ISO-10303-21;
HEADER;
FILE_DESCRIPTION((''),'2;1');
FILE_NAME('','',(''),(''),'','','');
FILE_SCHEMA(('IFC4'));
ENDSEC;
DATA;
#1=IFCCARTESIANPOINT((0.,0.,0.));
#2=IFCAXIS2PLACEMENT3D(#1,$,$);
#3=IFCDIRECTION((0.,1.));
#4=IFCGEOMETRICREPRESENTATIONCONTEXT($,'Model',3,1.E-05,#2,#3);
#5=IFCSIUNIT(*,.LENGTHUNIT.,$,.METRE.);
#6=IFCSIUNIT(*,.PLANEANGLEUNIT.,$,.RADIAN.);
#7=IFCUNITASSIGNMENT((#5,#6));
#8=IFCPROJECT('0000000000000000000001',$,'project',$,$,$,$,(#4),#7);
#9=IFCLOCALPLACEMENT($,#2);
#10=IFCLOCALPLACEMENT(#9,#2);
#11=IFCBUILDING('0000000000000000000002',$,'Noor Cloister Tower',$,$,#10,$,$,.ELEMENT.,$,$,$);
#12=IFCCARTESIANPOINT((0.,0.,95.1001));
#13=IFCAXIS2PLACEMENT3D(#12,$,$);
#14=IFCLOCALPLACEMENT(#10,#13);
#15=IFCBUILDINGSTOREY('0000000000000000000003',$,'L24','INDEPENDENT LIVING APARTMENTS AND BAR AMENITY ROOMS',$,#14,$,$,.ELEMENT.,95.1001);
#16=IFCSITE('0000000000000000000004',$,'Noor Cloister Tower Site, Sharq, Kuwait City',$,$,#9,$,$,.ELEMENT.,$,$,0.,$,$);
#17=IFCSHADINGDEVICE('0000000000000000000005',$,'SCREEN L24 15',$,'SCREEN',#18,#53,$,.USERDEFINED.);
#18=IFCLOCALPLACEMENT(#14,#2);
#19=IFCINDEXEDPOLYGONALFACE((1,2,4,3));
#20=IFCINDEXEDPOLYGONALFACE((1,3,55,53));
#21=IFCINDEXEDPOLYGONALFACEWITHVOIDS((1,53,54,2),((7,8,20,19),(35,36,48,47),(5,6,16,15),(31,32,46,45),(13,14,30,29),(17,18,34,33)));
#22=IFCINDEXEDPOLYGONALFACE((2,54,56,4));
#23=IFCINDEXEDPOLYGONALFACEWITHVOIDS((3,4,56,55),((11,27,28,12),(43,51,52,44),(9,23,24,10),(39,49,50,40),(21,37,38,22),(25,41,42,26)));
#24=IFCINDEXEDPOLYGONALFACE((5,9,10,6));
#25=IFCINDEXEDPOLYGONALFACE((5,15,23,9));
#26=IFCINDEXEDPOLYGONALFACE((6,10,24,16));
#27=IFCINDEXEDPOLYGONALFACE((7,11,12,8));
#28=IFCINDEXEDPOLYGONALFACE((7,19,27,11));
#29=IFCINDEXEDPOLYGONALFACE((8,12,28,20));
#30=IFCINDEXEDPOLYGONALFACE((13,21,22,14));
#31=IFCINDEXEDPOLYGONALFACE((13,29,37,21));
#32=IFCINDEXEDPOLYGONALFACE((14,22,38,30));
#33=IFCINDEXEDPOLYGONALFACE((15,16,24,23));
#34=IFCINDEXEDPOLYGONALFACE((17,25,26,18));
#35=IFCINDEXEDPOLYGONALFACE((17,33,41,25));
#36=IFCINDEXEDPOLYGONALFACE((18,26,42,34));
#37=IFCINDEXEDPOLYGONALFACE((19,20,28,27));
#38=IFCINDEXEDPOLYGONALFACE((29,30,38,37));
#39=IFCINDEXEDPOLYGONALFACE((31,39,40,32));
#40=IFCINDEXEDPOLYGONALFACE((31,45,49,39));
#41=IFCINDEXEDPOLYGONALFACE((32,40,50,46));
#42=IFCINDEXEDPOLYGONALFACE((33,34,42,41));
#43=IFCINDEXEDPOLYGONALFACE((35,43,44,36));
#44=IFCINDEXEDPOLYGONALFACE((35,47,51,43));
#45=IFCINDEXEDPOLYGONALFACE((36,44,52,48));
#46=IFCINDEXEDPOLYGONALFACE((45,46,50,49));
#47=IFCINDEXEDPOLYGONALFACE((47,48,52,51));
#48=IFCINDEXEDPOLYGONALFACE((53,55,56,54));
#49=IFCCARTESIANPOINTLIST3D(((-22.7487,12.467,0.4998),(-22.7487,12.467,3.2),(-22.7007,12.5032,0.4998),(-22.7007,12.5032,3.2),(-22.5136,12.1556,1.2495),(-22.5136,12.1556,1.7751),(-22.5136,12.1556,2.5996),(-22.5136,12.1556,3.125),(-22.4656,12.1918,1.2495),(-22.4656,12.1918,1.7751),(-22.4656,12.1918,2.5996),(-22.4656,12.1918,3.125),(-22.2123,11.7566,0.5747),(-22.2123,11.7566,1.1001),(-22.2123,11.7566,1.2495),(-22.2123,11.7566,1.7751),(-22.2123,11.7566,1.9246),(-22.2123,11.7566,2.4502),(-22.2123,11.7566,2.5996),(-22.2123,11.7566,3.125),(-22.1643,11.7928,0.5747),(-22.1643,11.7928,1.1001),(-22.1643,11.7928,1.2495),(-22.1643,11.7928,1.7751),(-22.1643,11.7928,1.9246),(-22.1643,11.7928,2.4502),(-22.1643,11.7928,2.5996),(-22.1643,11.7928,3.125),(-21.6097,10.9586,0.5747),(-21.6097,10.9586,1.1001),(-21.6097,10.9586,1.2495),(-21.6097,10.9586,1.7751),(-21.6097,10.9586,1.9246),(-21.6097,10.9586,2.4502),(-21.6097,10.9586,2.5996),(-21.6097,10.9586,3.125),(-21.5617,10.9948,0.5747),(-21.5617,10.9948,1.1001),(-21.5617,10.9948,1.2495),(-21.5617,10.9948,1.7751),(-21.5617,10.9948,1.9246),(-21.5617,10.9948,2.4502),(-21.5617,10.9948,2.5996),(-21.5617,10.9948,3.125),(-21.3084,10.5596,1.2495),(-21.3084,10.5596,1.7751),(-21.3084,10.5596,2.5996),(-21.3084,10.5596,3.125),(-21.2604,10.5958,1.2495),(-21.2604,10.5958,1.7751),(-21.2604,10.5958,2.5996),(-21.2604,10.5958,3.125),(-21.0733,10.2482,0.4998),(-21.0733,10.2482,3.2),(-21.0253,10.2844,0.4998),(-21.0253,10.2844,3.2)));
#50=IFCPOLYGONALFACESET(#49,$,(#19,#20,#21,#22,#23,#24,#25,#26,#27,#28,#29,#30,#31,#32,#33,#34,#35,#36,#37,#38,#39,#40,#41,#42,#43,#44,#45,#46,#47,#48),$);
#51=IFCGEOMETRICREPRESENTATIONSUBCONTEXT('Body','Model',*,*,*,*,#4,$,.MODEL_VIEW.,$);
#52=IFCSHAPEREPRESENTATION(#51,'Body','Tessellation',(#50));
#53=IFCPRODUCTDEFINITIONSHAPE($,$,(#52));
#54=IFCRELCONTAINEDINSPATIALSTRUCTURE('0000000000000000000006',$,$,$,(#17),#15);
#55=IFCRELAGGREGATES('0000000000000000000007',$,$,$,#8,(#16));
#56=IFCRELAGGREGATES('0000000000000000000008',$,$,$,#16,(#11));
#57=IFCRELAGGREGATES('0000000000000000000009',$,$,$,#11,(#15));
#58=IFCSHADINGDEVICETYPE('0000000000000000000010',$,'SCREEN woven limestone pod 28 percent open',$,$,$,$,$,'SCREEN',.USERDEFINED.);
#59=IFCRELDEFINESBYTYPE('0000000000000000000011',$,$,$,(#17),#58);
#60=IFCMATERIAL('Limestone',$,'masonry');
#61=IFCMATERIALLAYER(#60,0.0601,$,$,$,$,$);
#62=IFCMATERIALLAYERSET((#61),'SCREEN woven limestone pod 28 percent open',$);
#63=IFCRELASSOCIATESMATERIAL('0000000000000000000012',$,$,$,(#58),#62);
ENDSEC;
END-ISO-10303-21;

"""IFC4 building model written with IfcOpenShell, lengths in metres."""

from ifc_helpers import new_model, si_unit, direction, frame, origin, place, context, subcontext, project, spatial, polyline, outline, extrude, material, layer, layer_set, type_object, element, save


model = new_model("IFC4")

# Units and contexts
model_context = context("Model", 3, precision=1e-05, world=origin(), true_north=direction((0.0, 1.0)))
body_context = subcontext(model_context, "Body", "Model", "MODEL_VIEW")
ifc_project = project(units=[si_unit("LENGTHUNIT", "METRE"), si_unit("PLANEANGLEUNIT", "RADIAN")], contexts=[model_context])

# Site, building, storey
site_placement = place(None, origin())
site = spatial("IfcSite", under=ifc_project, at=site_placement, Name="Noor Cloister Tower Site, Sharq, Kuwait City", CompositionType="ELEMENT", RefElevation=0.0)
building_placement = place(site_placement, origin())
building = spatial("IfcBuilding", under=site, at=building_placement, Name="Noor Cloister Tower", CompositionType="ELEMENT")
storey_placement = place(building_placement, frame((0.0, 0.0, 95.1001)))
storey = spatial("IfcBuildingStorey", under=building, at=storey_placement, Name="L24", Description="INDEPENDENT LIVING APARTMENTS AND BAR AMENITY ROOMS", CompositionType="ELEMENT", Elevation=95.1001)

# Shading device
ifc_material_1 = material(Name="Limestone", Category="masonry")
ifc_layer_1 = layer(ifc_material_1, 0.0601)
ifc_layer_set_1 = layer_set([ifc_layer_1], Name="SCREEN woven limestone pod 28 percent open")
shading_device_type = type_object("IfcShadingDeviceType", Name="SCREEN woven limestone pod 28 percent open", ElementType="SCREEN", PredefinedType="USERDEFINED", material=ifc_layer_set_1)
shading_device_1_placement = place(storey_placement, frame((-21.863, 11.3938, 1.8499), z_axis=(-0.798041, -0.602603, 0.0), x_axis=(0.602603, -0.798041, 0.0)))
element("IfcShadingDevice", 1, at=shading_device_1_placement, inside=storey, type_object=shading_device_type, Name="SCREEN L24 15", ObjectType="SCREEN", PredefinedType="USERDEFINED", context=body_context, shape_type="SweptSolid", body=[
    extrude(outline(polyline([(-1.3901, -1.3501), (1.3901, -1.3501), (1.3901, 1.3501), (-1.3901, 1.3501), (-1.3901, -1.3501)]), holes=[polyline([(-0.5, -1.2751), (0.5, -1.2751), (0.5, -0.7498), (-0.5, -0.7498), (-0.5, -1.2751)]), polyline([(-1.0, -0.6003), (-0.5, -0.6003), (-0.5, -0.0747), (-1.0, -0.0747), (-1.0, -0.6003)]), polyline([(0.5, -0.6003), (1.0, -0.6003), (1.0, -0.0747), (0.5, -0.0747), (0.5, -0.6003)]), polyline([(-0.5, 0.0747), (0.5, 0.0747), (0.5, 0.6003), (-0.5, 0.6003), (-0.5, 0.0747)]), polyline([(-1.0, 0.7498), (-0.5, 0.7498), (-0.5, 1.2751), (-1.0, 1.2751), (-1.0, 0.7498)]), polyline([(0.5, 0.7498), (1.0, 0.7498), (1.0, 1.2751), (0.5, 1.2751), (0.5, 0.7498)])]), origin(), (0.0, 0.0, 1.0), 0.0601),
])

save(model, "model.ifc")
